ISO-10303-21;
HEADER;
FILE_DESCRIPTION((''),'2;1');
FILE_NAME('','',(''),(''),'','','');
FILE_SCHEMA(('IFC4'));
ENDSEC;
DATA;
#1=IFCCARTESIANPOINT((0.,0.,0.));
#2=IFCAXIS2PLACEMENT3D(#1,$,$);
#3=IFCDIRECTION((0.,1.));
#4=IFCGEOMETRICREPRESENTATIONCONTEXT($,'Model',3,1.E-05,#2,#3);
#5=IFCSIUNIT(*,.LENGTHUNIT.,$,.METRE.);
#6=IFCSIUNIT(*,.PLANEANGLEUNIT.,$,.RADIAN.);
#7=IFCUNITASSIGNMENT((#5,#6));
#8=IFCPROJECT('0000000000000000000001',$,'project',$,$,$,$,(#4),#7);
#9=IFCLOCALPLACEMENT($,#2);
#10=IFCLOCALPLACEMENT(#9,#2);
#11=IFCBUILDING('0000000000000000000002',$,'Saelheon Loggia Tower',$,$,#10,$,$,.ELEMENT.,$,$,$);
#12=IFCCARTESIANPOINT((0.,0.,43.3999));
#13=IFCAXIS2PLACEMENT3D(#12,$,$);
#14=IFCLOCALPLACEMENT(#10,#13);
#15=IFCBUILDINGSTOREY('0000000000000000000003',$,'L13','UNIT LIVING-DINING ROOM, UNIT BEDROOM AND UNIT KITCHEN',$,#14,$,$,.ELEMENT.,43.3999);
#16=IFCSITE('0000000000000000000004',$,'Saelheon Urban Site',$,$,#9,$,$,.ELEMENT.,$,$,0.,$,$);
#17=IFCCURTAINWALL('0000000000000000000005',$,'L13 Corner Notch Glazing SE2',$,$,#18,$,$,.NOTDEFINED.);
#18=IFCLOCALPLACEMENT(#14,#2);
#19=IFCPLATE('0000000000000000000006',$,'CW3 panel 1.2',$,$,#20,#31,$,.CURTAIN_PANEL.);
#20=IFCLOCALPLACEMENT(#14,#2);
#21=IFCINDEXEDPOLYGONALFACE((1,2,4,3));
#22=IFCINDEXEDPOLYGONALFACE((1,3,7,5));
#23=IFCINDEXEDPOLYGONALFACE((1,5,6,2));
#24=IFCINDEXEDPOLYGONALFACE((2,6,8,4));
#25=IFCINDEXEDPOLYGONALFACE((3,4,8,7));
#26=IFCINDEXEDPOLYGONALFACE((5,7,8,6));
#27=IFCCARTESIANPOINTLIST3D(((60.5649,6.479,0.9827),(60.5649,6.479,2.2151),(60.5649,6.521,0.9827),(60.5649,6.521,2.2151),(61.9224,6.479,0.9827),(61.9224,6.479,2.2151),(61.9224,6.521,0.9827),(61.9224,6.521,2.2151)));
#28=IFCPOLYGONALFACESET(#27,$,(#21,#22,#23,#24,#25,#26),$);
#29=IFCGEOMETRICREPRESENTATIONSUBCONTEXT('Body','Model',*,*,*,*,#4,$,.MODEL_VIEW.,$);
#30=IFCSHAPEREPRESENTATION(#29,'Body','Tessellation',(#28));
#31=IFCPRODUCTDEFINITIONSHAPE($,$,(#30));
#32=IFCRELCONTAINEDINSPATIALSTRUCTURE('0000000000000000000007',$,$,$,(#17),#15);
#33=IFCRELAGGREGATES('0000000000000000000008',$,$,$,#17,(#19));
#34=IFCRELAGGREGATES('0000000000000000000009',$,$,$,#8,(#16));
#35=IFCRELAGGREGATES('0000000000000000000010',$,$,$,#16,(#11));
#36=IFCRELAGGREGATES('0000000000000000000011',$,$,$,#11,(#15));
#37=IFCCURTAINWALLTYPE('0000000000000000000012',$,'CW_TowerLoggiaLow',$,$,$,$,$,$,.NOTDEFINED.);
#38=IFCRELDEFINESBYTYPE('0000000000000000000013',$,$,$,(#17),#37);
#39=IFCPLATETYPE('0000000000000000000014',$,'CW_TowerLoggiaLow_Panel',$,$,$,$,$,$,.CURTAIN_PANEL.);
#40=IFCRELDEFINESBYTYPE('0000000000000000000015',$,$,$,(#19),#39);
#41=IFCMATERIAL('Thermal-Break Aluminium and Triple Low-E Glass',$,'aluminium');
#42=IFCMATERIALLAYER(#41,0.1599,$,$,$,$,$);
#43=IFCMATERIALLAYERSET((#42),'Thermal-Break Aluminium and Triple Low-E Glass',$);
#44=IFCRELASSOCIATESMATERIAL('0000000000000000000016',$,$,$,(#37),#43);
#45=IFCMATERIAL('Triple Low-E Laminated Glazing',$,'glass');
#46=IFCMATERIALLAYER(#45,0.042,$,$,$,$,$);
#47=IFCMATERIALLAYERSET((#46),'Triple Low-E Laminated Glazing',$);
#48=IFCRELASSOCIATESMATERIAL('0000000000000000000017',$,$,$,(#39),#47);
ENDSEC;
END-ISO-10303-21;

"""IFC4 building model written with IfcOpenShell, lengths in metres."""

from ifc_helpers import new_model, si_unit, direction, frame, origin, origin_2d, place, context, subcontext, project, spatial, rectangle, extrude, source, transform, mapped, material, layer, layer_set, type_object, element, aggregate, save


model = new_model("IFC4")

# Units and contexts
model_context = context("Model", 3, precision=1e-05, world=origin(), true_north=direction((0.0, 1.0)))
body_context = subcontext(model_context, "Body", "Model", "MODEL_VIEW")
ifc_project = project(units=[si_unit("LENGTHUNIT", "METRE"), si_unit("PLANEANGLEUNIT", "RADIAN")], contexts=[model_context])

# Site, building, storey
site_placement = place(None, origin())
site = spatial("IfcSite", under=ifc_project, at=site_placement, Name="Saelheon Urban Site", CompositionType="ELEMENT", RefElevation=0.0)
building_placement = place(site_placement, origin())
building = spatial("IfcBuilding", under=site, at=building_placement, Name="Saelheon Loggia Tower", CompositionType="ELEMENT")
storey_placement = place(building_placement, frame((0.0, 0.0, 43.3999)))
storey = spatial("IfcBuildingStorey", under=building, at=storey_placement, Name="L13", Description="UNIT LIVING-DINING ROOM, UNIT BEDROOM AND UNIT KITCHEN", CompositionType="ELEMENT", Elevation=43.3999)

# Curtain wall
ifc_material_1 = material(Name="Thermal-Break Aluminium and Triple Low-E Glass", Category="aluminium")
ifc_layer_1 = layer(ifc_material_1, 0.1599)
ifc_layer_set_1 = layer_set([ifc_layer_1], Name="Thermal-Break Aluminium and Triple Low-E Glass")
curtain_wall_type = type_object("IfcCurtainWallType", Name="CW_TowerLoggiaLow", PredefinedType="NOTDEFINED", material=ifc_layer_set_1)
curtain_wall_1_placement = place(storey_placement, origin())
curtain_wall_1 = element("IfcCurtainWall", 1, at=curtain_wall_1_placement, inside=storey, type_object=curtain_wall_type, Name="L13 Corner Notch Glazing SE2", PredefinedType="NOTDEFINED")

# Plate
ifc_material_2 = material(Name="Triple Low-E Laminated Glazing", Category="glass")
ifc_layer_2 = layer(ifc_material_2, 0.042)
ifc_layer_set_2 = layer_set([ifc_layer_2], Name="Triple Low-E Laminated Glazing")
plate_type = type_object("IfcPlateType", Name="CW_TowerLoggiaLow_Panel", PredefinedType="CURTAIN_PANEL", material=ifc_layer_set_2)
shared_shape_1 = source(origin(), body_context, "Body", "SweptSolid", [
    extrude(rectangle(XDim=1.3574, YDim=0.042, at=origin_2d()), origin(), (0.0, 0.0, 1.0), 1.2324),
])
plate_1_placement = place(storey_placement, frame((61.2437, 6.5, 0.9827), z_axis=(0.0, 0.0, 1.0), x_axis=(1.0, 0.0, 0.0)))
plate_1 = element("IfcPlate", 2, at=plate_1_placement, type_object=plate_type, Name="CW3 panel 1.2", PredefinedType="CURTAIN_PANEL", context=body_context, shape_type="MappedRepresentation", body=[
    mapped(shared_shape_1, transform((0.0, 0.0, 0.0), scale=1.0)),
])
aggregate(curtain_wall_1, [plate_1])

save(model, "model.ifc")
